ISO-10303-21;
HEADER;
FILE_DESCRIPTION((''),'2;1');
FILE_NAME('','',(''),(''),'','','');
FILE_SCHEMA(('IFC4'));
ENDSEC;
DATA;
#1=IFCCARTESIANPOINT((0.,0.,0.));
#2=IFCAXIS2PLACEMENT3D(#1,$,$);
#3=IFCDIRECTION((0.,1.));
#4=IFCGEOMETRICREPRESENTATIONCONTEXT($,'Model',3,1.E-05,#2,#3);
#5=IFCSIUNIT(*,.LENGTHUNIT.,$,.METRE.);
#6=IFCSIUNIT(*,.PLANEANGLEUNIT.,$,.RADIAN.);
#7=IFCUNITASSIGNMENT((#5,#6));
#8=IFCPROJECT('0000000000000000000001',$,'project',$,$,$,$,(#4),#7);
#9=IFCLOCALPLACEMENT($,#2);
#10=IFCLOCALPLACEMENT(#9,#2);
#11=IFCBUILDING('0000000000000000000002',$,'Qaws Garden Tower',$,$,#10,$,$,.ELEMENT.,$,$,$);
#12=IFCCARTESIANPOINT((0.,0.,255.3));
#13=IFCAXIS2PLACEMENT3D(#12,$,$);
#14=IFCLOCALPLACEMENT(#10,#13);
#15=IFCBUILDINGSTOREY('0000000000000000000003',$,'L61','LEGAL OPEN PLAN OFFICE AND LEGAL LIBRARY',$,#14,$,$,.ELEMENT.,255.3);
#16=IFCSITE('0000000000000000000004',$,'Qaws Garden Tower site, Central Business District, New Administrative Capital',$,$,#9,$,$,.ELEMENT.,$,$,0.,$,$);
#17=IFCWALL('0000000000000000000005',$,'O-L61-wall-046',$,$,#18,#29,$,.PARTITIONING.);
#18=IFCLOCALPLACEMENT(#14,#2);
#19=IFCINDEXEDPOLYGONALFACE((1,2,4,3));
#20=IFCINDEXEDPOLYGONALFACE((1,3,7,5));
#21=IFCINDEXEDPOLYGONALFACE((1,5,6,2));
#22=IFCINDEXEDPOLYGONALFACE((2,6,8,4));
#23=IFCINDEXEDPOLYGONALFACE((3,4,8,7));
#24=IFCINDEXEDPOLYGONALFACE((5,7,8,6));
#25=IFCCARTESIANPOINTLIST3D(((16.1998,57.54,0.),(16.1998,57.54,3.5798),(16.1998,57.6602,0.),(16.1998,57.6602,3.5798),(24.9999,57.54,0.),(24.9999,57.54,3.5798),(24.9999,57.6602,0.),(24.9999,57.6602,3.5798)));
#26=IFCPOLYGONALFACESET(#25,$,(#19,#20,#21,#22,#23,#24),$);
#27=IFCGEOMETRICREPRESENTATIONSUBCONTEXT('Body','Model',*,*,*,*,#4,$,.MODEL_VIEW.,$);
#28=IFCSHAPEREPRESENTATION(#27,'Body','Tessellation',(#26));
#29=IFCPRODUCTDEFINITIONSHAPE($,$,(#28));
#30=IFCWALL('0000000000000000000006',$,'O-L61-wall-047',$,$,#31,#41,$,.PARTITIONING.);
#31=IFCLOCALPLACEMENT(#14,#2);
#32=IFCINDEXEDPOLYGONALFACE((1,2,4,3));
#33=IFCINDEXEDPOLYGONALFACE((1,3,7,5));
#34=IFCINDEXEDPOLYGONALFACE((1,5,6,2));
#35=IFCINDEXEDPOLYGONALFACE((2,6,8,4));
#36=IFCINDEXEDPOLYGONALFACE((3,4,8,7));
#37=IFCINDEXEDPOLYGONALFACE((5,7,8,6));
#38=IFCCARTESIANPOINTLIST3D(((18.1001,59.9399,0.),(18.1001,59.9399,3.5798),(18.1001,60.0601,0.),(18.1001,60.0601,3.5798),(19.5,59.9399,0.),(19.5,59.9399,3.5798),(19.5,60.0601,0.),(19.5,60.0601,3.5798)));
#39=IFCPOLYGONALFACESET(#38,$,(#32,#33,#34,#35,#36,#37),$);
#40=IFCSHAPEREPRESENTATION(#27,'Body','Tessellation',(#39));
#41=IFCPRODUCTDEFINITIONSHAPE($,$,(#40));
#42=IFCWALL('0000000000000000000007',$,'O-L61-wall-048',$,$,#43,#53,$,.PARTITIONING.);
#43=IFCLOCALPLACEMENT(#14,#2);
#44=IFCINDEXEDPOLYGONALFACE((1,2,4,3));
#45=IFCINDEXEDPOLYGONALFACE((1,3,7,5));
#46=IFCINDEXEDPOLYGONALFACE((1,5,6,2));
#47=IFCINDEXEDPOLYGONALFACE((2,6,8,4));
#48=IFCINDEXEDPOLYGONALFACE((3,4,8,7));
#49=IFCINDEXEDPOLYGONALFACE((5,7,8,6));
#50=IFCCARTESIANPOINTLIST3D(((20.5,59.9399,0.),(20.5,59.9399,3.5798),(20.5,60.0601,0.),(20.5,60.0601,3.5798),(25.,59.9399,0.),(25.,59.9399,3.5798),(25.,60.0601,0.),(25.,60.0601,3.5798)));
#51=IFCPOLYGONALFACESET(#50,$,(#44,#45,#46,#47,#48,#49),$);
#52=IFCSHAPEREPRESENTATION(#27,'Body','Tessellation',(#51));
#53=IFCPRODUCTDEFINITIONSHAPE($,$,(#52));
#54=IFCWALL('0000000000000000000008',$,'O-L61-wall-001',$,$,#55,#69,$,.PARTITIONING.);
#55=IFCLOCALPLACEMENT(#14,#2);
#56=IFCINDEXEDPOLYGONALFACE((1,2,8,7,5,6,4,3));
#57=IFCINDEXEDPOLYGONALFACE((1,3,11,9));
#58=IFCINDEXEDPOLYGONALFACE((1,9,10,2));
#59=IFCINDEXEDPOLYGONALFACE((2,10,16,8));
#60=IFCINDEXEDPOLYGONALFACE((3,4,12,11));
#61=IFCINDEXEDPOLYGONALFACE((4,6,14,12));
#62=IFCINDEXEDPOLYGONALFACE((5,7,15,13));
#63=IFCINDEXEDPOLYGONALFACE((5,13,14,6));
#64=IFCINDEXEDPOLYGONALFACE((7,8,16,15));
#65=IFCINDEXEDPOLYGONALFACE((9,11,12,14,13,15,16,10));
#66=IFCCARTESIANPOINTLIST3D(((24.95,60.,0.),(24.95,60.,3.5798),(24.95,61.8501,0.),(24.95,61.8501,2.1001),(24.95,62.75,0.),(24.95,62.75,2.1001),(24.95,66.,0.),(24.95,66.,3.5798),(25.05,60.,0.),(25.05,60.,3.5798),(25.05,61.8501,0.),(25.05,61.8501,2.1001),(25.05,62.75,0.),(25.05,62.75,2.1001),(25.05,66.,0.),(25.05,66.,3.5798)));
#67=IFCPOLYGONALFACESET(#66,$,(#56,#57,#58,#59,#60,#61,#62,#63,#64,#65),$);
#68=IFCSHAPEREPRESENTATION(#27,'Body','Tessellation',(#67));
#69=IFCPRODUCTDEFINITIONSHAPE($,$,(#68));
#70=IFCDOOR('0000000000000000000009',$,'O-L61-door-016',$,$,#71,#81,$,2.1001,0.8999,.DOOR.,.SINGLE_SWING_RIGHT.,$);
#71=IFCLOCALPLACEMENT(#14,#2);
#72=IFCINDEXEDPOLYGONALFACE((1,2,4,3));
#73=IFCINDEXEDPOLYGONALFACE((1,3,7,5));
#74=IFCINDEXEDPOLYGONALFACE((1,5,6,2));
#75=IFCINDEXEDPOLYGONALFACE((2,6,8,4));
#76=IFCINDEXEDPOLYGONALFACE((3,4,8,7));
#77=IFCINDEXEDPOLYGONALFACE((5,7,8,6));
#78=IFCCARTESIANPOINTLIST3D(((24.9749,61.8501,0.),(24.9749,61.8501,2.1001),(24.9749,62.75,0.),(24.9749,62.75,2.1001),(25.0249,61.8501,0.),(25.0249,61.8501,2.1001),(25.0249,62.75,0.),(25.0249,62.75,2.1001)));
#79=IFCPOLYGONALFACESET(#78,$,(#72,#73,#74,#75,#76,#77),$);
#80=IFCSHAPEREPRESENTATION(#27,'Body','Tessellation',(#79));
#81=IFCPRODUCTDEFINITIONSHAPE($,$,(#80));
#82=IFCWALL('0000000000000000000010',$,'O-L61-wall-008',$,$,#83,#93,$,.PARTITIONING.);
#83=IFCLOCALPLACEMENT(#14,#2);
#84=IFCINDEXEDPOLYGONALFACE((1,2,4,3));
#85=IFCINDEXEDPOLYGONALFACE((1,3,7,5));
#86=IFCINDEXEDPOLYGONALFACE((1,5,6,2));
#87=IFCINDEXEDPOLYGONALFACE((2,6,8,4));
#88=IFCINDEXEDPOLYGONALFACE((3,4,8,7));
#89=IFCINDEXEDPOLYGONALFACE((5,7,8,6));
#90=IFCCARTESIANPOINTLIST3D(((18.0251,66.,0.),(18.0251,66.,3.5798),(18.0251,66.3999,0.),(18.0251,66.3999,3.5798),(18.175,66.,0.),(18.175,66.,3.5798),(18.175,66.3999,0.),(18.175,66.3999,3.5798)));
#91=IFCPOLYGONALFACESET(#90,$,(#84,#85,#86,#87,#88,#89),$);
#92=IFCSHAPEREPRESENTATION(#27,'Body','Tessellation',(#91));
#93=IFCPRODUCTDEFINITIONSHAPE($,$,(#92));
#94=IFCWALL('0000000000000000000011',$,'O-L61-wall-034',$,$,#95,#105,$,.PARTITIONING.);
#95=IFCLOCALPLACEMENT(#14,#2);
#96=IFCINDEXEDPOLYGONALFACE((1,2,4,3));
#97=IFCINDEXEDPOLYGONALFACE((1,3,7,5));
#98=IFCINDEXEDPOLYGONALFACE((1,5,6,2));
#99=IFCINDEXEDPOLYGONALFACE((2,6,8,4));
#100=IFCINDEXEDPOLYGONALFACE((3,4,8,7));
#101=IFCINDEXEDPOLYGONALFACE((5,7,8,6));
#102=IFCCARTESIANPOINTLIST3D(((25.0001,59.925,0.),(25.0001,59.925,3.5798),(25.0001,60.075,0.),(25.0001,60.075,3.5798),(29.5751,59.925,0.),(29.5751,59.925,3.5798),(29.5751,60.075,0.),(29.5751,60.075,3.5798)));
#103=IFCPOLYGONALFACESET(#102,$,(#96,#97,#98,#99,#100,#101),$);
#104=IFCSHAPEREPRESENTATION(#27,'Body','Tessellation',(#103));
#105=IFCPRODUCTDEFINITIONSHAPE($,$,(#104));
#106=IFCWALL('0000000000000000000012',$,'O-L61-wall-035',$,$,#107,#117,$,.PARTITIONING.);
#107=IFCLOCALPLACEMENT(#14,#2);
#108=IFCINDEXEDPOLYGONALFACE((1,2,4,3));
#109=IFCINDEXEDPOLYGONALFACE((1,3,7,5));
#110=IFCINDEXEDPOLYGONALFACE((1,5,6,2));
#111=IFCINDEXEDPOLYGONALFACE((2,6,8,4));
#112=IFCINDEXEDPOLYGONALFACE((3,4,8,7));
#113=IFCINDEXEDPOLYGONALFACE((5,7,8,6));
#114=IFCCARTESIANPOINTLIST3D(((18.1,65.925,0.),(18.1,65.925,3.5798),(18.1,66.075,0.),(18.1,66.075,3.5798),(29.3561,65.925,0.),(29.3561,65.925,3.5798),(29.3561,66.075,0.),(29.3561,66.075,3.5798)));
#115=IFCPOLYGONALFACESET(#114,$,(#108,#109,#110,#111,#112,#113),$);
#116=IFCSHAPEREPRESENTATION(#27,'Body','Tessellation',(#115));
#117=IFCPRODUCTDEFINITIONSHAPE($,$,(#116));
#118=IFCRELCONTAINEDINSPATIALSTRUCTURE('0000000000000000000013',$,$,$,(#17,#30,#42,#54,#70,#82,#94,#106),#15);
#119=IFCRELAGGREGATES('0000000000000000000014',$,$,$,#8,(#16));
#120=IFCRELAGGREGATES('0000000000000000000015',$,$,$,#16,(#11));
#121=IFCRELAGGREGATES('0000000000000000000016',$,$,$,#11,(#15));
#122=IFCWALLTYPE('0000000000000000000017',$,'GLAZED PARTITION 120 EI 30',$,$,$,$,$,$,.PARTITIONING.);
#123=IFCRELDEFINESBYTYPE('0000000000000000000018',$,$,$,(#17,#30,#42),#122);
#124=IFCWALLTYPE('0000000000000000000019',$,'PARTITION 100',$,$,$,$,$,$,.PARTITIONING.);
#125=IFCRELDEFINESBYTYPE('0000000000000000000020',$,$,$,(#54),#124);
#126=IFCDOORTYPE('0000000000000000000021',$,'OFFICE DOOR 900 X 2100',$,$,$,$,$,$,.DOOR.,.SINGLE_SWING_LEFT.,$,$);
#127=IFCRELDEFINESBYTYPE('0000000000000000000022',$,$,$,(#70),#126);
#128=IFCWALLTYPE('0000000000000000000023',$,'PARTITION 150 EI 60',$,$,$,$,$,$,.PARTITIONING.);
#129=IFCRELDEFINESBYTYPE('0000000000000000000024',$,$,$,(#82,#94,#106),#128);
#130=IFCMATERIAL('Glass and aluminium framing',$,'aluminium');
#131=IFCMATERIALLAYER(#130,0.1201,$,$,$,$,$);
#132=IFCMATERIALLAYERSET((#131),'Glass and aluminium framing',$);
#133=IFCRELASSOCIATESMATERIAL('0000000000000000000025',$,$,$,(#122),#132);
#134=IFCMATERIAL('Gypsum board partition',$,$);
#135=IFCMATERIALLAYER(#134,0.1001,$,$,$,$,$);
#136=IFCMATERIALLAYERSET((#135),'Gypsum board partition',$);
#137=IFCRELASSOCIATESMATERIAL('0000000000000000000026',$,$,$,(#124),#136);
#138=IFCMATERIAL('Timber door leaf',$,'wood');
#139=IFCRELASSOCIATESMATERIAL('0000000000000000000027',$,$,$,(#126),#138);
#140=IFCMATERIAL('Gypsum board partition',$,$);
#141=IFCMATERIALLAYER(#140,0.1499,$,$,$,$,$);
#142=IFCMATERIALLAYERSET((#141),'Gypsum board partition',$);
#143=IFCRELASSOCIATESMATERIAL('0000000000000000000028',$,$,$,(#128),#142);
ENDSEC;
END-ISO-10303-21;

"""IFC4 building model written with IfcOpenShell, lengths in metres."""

from ifc_helpers import new_model, si_unit, direction, frame, frame_2d, origin, place, context, subcontext, project, spatial, rectangle, extrude, material, layer, layer_set, type_object, element, fill, save


model = new_model("IFC4")

# Units and contexts
model_context = context("Model", 3, precision=1e-05, world=origin(), true_north=direction((0.0, 1.0)))
body_context = subcontext(model_context, "Body", "Model", "MODEL_VIEW")
ifc_project = project(units=[si_unit("LENGTHUNIT", "METRE"), si_unit("PLANEANGLEUNIT", "RADIAN")], contexts=[model_context])

# Site, building, storey
site_placement = place(None, origin())
site = spatial("IfcSite", under=ifc_project, at=site_placement, Name="Qaws Garden Tower site, Central Business District, New Administrative Capital", CompositionType="ELEMENT", RefElevation=0.0)
building_placement = place(site_placement, origin())
building = spatial("IfcBuilding", under=site, at=building_placement, Name="Qaws Garden Tower", CompositionType="ELEMENT")
storey_placement = place(building_placement, frame((0.0, 0.0, 255.3)))
storey = spatial("IfcBuildingStorey", under=building, at=storey_placement, Name="L61", Description="LEGAL OPEN PLAN OFFICE AND LEGAL LIBRARY", CompositionType="ELEMENT", Elevation=255.3)

# Shared definitions
ifc_material_1 = material(Name="Glass and aluminium framing", Category="aluminium")
ifc_layer_1 = layer(ifc_material_1, 0.1201)
ifc_layer_set_1 = layer_set([ifc_layer_1], Name="Glass and aluminium framing")
wall_type_1 = type_object("IfcWallType", Name="GLAZED PARTITION 120 EI 30", PredefinedType="PARTITIONING", material=ifc_layer_set_1)

# Walls
wall_1_placement = place(storey_placement, frame((16.2, 57.6001, 0.0), z_axis=(0.0, 0.0, 1.0), x_axis=(1.0, 0.0, 0.0)))
element("IfcWall", 1, at=wall_1_placement, inside=storey, type_object=wall_type_1, Name="O-L61-wall-046", PredefinedType="PARTITIONING", context=body_context, shape_type="SweptSolid", body=[
    extrude(rectangle(XDim=8.8, YDim=0.1201, at=frame_2d((4.3999, 0.0))), origin(), (0.0, 0.0, 1.0), 3.5798),
])
wall_2_placement = place(storey_placement, frame((18.1001, 60.0, 0.0), z_axis=(0.0, 0.0, 1.0), x_axis=(1.0, 0.0, 0.0)))
element("IfcWall", 2, at=wall_2_placement, inside=storey, type_object=wall_type_1, Name="O-L61-wall-047", PredefinedType="PARTITIONING", context=body_context, shape_type="SweptSolid", body=[
    extrude(rectangle(XDim=1.3999, YDim=0.1201, at=frame_2d((0.7, 0.0))), origin(), (0.0, 0.0, 1.0), 3.5798),
])
wall_3_placement = place(storey_placement, frame((20.5, 60.0, 0.0), z_axis=(0.0, 0.0, 1.0), x_axis=(1.0, 0.0, 0.0)))
element("IfcWall", 3, at=wall_3_placement, inside=storey, type_object=wall_type_1, Name="O-L61-wall-048", PredefinedType="PARTITIONING", context=body_context, shape_type="SweptSolid", body=[
    extrude(rectangle(XDim=4.5, YDim=0.1201, at=frame_2d((2.25, 0.0))), origin(), (0.0, 0.0, 1.0), 3.5798),
])

# Wall, opening, door
ifc_material_2 = material(Name="Gypsum board partition")
ifc_layer_2 = layer(ifc_material_2, 0.1001)
ifc_layer_set_2 = layer_set([ifc_layer_2], Name="Gypsum board partition")
wall_type_2 = type_object("IfcWallType", Name="PARTITION 100", PredefinedType="PARTITIONING", material=ifc_layer_set_2)
wall_4_placement = place(storey_placement, frame((25.0, 60.0, 0.0), z_axis=(0.0, 0.0, 1.0), x_axis=(0.0, 1.0, 0.0)))
wall_4 = element("IfcWall", 4, at=wall_4_placement, inside=storey, type_object=wall_type_2, Name="O-L61-wall-001", PredefinedType="PARTITIONING", context=body_context, shape_type="SweptSolid", body=[
    extrude(rectangle(XDim=6.0, YDim=0.1001, at=frame_2d((3.0, 0.0))), origin(), (0.0, 0.0, 1.0), 3.5798),
])
opening_1_placement = place(wall_4_placement, frame((1.8501, 0.0, 0.0)))
opening_1 = element("IfcOpeningElement", 5, at=opening_1_placement, cuts=wall_4, PredefinedType="OPENING", context=body_context, shape_type="SweptSolid", body=[
    extrude(rectangle(XDim=0.8999, YDim=2.1001, at=frame_2d((0.45, 1.05))), frame((0.0, 0.0601, 0.0), z_axis=(0.0, -1.0, 0.0), x_axis=(1.0, 0.0, 0.0)), (0.0, 0.0, 1.0), 0.1201),
])
ifc_material_3 = material(Name="Timber door leaf", Category="wood")
door_type_1 = type_object("IfcDoorType", Name="OFFICE DOOR 900 X 2100", OperationType="SINGLE_SWING_LEFT", PredefinedType="DOOR", material=ifc_material_3)
door_1_placement = place(opening_1_placement, frame((0.8999, 0.0, 0.0), z_axis=(0.0, 0.0, 1.0), x_axis=(-1.0, 0.0, 0.0)))
door_1 = element("IfcDoor", 6, at=door_1_placement, inside=storey, type_object=door_type_1, Name="O-L61-door-016", OperationType="SINGLE_SWING_RIGHT", OverallHeight=2.1001, OverallWidth=0.8999, PredefinedType="DOOR", context=body_context, shape_type="SweptSolid", body=[
    extrude(rectangle(XDim=0.8999, YDim=2.1001, at=frame_2d((0.45, 1.05))), frame((0.0, 0.0249, 0.0), z_axis=(0.0, -1.0, 0.0), x_axis=(1.0, 0.0, 0.0)), (0.0, 0.0, 1.0), 0.05),
])
fill(opening_1, door_1)

# Walls
ifc_material_4 = material(Name="Gypsum board partition")
ifc_layer_3 = layer(ifc_material_4, 0.1499)
ifc_layer_set_3 = layer_set([ifc_layer_3], Name="Gypsum board partition")
wall_type_3 = type_object("IfcWallType", Name="PARTITION 150 EI 60", PredefinedType="PARTITIONING", material=ifc_layer_set_3)
wall_5_placement = place(storey_placement, frame((18.1001, 66.0, 0.0), z_axis=(0.0, 0.0, 1.0), x_axis=(0.0, 1.0, 0.0)))
element("IfcWall", 7, at=wall_5_placement, inside=storey, type_object=wall_type_3, Name="O-L61-wall-008", PredefinedType="PARTITIONING", context=body_context, shape_type="SweptSolid", body=[
    extrude(rectangle(XDim=0.3999, YDim=0.1499, at=frame_2d((0.2, 0.0))), origin(), (0.0, 0.0, 1.0), 3.5798),
])
wall_6_placement = place(storey_placement, frame((25.0, 60.0, 0.0), z_axis=(0.0, 0.0, 1.0), x_axis=(1.0, 0.0, 0.0)))
element("IfcWall", 8, at=wall_6_placement, inside=storey, type_object=wall_type_3, Name="O-L61-wall-034", PredefinedType="PARTITIONING", context=body_context, shape_type="SweptSolid", body=[
    extrude(rectangle(XDim=4.575, YDim=0.1499, at=frame_2d((2.2876, 0.0))), origin(), (0.0, 0.0, 1.0), 3.5798),
])
wall_7_placement = place(storey_placement, frame((18.1001, 66.0, 0.0), z_axis=(0.0, 0.0, 1.0), x_axis=(1.0, 0.0, 0.0)))
element("IfcWall", 9, at=wall_7_placement, inside=storey, type_object=wall_type_3, Name="O-L61-wall-035", PredefinedType="PARTITIONING", context=body_context, shape_type="SweptSolid", body=[
    extrude(rectangle(XDim=11.2561, YDim=0.1499, at=frame_2d((5.6279, 0.0))), origin(), (0.0, 0.0, 1.0), 3.5798),
])

save(model, "model.ifc")
